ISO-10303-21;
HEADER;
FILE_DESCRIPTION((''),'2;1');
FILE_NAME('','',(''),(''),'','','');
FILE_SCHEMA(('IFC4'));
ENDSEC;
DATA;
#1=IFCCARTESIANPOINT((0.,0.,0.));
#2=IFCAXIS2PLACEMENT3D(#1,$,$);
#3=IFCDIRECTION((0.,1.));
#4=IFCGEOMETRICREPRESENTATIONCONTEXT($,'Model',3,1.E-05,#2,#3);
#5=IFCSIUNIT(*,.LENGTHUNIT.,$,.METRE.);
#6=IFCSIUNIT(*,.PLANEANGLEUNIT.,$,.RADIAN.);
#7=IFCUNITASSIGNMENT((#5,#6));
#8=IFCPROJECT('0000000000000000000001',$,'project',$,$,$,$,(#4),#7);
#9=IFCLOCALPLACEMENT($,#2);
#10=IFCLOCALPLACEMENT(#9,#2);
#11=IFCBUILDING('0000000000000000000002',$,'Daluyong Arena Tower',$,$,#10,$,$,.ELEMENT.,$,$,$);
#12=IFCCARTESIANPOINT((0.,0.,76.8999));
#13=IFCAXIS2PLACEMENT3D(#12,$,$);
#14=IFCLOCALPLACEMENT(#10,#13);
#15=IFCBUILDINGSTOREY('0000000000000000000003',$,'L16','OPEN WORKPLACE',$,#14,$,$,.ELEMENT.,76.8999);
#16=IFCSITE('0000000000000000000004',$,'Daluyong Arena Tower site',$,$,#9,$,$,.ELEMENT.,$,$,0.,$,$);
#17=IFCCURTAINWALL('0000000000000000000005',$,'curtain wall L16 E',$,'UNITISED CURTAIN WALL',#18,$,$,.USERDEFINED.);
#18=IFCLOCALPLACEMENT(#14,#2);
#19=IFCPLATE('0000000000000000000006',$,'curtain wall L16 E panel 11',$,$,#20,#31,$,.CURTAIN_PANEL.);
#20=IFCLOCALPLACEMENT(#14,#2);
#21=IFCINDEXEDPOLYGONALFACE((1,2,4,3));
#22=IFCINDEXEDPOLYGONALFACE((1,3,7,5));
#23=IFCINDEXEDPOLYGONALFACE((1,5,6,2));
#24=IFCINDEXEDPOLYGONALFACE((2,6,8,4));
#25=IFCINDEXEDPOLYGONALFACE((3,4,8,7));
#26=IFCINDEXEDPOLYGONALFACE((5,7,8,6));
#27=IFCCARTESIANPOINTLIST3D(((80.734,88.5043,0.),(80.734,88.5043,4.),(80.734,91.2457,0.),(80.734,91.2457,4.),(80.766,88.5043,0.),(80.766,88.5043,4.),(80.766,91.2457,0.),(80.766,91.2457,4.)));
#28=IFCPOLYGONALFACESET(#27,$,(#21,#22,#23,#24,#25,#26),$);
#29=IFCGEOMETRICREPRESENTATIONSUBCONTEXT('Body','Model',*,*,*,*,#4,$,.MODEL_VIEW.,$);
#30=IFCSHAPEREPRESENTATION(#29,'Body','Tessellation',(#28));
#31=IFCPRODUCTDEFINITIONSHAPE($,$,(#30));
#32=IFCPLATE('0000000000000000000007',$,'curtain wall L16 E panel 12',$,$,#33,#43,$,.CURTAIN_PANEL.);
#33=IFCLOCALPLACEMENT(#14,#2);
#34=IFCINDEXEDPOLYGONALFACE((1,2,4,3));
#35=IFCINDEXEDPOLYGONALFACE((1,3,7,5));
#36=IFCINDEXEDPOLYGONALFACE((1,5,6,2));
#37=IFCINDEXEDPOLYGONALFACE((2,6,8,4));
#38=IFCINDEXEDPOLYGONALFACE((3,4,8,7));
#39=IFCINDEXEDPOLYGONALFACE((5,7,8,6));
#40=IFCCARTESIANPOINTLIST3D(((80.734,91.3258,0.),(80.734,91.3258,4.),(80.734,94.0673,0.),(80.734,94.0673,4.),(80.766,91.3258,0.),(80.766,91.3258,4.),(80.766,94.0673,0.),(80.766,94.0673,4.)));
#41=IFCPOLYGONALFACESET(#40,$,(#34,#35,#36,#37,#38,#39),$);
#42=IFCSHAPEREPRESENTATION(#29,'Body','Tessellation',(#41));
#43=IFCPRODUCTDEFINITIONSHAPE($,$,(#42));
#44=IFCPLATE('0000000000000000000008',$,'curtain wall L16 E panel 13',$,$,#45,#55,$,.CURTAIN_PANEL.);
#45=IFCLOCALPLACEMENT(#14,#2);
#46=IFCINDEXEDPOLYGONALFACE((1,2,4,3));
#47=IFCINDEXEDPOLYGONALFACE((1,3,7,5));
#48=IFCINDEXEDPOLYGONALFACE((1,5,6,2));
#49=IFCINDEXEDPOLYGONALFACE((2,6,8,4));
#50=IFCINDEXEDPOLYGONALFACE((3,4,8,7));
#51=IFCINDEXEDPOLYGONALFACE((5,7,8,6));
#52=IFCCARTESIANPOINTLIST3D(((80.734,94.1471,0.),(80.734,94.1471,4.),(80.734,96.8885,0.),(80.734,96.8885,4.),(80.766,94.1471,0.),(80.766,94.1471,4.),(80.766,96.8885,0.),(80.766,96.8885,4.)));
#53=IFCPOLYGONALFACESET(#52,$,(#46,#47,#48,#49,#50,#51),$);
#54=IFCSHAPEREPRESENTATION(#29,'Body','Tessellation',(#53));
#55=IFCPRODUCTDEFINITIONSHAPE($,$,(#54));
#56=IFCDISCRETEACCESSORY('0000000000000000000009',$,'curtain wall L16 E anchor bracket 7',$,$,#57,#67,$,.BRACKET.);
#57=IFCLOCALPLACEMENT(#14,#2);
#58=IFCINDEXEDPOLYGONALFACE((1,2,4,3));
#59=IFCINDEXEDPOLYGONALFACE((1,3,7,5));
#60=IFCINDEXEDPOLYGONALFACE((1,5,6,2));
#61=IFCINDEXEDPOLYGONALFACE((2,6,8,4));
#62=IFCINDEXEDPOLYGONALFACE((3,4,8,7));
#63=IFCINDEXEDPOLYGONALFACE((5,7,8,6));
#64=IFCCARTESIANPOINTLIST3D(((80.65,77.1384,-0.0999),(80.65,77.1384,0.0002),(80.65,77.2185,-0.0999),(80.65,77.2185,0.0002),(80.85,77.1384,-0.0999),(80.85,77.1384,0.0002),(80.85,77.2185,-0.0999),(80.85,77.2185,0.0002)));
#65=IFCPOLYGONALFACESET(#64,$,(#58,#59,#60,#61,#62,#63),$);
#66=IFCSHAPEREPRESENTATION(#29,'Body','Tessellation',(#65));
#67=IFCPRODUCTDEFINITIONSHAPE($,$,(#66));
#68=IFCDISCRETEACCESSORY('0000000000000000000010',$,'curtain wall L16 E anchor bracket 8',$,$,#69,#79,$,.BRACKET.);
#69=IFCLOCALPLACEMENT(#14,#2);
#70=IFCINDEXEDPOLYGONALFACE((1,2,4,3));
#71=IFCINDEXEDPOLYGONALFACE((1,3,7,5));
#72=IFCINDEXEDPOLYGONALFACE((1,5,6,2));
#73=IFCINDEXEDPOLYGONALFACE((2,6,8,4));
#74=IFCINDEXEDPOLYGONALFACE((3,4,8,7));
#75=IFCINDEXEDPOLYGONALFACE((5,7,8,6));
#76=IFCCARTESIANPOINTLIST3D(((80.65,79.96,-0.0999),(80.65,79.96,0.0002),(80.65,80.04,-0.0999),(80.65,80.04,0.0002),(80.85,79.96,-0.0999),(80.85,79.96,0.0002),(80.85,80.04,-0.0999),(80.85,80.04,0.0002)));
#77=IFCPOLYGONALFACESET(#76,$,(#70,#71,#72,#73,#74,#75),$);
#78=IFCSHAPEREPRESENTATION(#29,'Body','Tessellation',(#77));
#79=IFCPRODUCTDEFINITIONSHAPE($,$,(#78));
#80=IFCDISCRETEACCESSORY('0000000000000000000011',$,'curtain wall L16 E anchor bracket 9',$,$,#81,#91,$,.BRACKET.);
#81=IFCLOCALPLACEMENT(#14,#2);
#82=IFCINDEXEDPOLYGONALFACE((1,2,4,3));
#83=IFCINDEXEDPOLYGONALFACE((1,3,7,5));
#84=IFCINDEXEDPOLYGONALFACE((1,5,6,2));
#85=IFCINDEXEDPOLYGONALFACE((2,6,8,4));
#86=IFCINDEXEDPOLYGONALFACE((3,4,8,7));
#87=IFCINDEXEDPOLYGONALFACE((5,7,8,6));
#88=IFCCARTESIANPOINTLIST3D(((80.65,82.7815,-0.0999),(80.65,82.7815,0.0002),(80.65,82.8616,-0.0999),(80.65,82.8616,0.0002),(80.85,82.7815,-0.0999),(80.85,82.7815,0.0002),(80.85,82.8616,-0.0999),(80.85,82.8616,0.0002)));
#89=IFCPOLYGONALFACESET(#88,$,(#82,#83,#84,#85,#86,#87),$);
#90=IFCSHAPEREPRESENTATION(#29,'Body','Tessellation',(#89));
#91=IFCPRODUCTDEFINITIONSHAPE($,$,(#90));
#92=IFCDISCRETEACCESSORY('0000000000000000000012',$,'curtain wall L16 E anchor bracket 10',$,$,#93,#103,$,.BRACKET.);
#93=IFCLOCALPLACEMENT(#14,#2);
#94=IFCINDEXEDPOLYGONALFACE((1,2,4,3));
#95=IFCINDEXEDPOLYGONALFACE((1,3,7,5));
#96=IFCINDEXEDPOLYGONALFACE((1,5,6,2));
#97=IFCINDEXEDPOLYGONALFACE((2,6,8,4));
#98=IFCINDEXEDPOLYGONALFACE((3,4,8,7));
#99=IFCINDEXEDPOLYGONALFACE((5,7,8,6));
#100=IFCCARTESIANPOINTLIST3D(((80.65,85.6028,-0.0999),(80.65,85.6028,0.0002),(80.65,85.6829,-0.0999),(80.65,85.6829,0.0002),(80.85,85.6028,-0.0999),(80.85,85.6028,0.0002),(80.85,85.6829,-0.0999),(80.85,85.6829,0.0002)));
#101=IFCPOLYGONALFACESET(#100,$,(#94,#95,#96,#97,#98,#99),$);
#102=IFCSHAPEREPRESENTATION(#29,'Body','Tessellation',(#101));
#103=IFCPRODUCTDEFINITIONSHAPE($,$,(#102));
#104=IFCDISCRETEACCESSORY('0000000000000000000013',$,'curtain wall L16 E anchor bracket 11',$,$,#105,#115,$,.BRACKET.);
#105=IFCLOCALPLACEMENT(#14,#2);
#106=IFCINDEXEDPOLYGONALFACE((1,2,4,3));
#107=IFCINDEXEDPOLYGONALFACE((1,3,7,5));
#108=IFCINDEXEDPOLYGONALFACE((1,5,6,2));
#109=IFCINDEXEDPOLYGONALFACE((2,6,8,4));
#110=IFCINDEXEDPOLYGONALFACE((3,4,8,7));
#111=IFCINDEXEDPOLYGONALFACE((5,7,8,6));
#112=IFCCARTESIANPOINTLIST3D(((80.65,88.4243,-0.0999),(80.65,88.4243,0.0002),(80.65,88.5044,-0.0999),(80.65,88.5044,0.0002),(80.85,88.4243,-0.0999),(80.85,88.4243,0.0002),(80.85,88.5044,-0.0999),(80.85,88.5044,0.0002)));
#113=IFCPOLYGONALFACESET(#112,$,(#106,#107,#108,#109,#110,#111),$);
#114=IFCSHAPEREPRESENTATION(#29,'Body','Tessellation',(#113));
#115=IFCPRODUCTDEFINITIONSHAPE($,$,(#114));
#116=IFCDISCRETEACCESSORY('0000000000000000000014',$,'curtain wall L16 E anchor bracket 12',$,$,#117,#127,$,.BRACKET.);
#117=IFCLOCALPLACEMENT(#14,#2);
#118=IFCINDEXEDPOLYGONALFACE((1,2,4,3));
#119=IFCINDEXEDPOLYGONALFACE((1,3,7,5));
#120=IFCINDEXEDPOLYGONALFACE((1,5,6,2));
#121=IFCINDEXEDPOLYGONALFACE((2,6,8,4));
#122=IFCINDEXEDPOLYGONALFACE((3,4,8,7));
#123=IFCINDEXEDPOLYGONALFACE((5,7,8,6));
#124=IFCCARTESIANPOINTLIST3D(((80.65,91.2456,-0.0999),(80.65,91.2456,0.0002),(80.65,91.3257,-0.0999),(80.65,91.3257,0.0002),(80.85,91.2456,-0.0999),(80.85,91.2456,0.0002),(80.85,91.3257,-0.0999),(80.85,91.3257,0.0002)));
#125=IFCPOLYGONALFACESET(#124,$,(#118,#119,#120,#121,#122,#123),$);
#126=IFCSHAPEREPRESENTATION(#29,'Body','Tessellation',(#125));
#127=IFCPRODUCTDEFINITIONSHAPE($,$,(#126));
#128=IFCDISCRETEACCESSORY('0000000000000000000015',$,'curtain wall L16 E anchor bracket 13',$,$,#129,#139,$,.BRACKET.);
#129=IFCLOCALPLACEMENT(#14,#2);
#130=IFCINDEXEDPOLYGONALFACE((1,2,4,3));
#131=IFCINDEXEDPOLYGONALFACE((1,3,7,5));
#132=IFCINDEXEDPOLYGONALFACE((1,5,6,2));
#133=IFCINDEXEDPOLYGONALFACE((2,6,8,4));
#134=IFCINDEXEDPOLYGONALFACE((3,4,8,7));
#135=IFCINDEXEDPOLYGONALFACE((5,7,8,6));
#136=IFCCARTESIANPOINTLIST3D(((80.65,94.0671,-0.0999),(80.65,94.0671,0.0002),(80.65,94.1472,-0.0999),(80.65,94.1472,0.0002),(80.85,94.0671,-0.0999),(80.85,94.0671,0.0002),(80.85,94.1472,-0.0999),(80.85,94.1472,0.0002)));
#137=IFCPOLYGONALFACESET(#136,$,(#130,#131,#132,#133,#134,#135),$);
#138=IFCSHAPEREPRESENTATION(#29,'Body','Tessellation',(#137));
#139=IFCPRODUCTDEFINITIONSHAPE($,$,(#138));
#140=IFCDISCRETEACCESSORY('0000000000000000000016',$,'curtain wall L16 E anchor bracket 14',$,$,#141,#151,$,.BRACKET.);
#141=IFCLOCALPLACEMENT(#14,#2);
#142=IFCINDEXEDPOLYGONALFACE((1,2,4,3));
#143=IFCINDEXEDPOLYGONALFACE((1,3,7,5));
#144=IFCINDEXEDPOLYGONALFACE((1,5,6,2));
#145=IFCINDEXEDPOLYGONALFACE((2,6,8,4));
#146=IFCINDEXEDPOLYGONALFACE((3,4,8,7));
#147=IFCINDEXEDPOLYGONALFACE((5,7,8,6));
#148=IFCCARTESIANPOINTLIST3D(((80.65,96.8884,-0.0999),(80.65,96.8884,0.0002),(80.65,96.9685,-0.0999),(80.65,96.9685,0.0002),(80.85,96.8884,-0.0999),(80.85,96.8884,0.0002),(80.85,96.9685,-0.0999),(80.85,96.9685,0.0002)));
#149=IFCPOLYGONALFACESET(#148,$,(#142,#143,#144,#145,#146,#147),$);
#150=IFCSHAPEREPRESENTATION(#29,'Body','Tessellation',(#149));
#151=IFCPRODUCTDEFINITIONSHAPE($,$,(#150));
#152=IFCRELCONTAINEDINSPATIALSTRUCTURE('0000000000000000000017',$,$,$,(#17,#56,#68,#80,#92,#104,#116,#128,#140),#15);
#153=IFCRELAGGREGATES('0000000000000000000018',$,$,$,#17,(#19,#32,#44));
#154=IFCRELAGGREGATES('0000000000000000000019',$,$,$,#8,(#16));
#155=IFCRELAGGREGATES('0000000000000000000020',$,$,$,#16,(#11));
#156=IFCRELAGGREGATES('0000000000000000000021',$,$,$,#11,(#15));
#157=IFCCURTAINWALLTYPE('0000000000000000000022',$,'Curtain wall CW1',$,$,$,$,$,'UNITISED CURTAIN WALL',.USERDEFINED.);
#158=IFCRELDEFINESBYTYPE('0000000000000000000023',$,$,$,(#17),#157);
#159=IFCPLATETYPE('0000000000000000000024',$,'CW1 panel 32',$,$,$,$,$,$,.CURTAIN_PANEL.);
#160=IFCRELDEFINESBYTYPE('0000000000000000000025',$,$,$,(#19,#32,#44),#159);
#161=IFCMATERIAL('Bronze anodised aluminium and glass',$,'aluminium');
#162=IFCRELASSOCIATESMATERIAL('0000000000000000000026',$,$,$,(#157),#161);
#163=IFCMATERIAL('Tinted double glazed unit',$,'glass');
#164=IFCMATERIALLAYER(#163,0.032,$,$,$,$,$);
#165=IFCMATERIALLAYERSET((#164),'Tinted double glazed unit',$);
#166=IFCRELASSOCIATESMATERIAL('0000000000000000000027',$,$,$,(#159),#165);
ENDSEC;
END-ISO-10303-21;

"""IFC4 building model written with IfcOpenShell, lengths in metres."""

from ifc_helpers import new_model, si_unit, direction, frame, origin, origin_2d, place, context, subcontext, project, spatial, rectangle, extrude, material, layer, layer_set, type_object, element, aggregate, save


model = new_model("IFC4")

# Units and contexts
model_context = context("Model", 3, precision=1e-05, world=origin(), true_north=direction((0.0, 1.0)))
body_context = subcontext(model_context, "Body", "Model", "MODEL_VIEW")
ifc_project = project(units=[si_unit("LENGTHUNIT", "METRE"), si_unit("PLANEANGLEUNIT", "RADIAN")], contexts=[model_context])

# Site, building, storey
site_placement = place(None, origin())
site = spatial("IfcSite", under=ifc_project, at=site_placement, Name="Daluyong Arena Tower site", CompositionType="ELEMENT", RefElevation=0.0)
building_placement = place(site_placement, origin())
building = spatial("IfcBuilding", under=site, at=building_placement, Name="Daluyong Arena Tower", CompositionType="ELEMENT")
storey_placement = place(building_placement, frame((0.0, 0.0, 76.8999)))
storey = spatial("IfcBuildingStorey", under=building, at=storey_placement, Name="L16", Description="OPEN WORKPLACE", CompositionType="ELEMENT", Elevation=76.8999)

# Curtain wall
ifc_material_1 = material(Name="Bronze anodised aluminium and glass", Category="aluminium")
curtain_wall_type = type_object("IfcCurtainWallType", Name="Curtain wall CW1", ElementType="UNITISED CURTAIN WALL", PredefinedType="USERDEFINED", material=ifc_material_1)
curtain_wall_placement = place(storey_placement, origin())
curtain_wall = element("IfcCurtainWall", 1, at=curtain_wall_placement, inside=storey, type_object=curtain_wall_type, Name="curtain wall L16 E", ObjectType="UNITISED CURTAIN WALL", PredefinedType="USERDEFINED")

# Plates
ifc_material_2 = material(Name="Tinted double glazed unit", Category="glass")
ifc_layer = layer(ifc_material_2, 0.032)
ifc_layer_set = layer_set([ifc_layer], Name="Tinted double glazed unit")
plate_type = type_object("IfcPlateType", Name="CW1 panel 32", PredefinedType="CURTAIN_PANEL", material=ifc_layer_set)
plate_1_placement = place(storey_placement, frame((80.75, 89.875, 0.0), z_axis=(0.0, 0.0, 1.0), x_axis=(0.0, 1.0, 0.0)))
plate_1 = element("IfcPlate", 2, at=plate_1_placement, type_object=plate_type, Name="curtain wall L16 E panel 11", PredefinedType="CURTAIN_PANEL", context=body_context, shape_type="SweptSolid", body=[
    extrude(rectangle(XDim=2.7415, YDim=0.032, at=origin_2d()), origin(), (0.0, 0.0, 1.0), 4.0),
])
plate_2_placement = place(storey_placement, frame((80.75, 92.6965, 0.0), z_axis=(0.0, 0.0, 1.0), x_axis=(0.0, 1.0, 0.0)))
plate_2 = element("IfcPlate", 3, at=plate_2_placement, type_object=plate_type, Name="curtain wall L16 E panel 12", PredefinedType="CURTAIN_PANEL", context=body_context, shape_type="SweptSolid", body=[
    extrude(rectangle(XDim=2.7415, YDim=0.032, at=origin_2d()), origin(), (0.0, 0.0, 1.0), 4.0),
])
plate_3_placement = place(storey_placement, frame((80.75, 95.5178, 0.0), z_axis=(0.0, 0.0, 1.0), x_axis=(0.0, 1.0, 0.0)))
plate_3 = element("IfcPlate", 4, at=plate_3_placement, type_object=plate_type, Name="curtain wall L16 E panel 13", PredefinedType="CURTAIN_PANEL", context=body_context, shape_type="SweptSolid", body=[
    extrude(rectangle(XDim=2.7415, YDim=0.032, at=origin_2d()), origin(), (0.0, 0.0, 1.0), 4.0),
])
aggregate(curtain_wall, [plate_1, plate_2, plate_3])

# Discrete accessories
for number, where, z_axis, x_axis, name in (
    (5, (80.75, 77.1785, -0.0999), (0.0, 0.0, 1.0), (0.0, 1.0, 0.0), "curtain wall L16 E anchor bracket 7"),
    (6, (80.75, 80.0, -0.0999), (0.0, 0.0, 1.0), (0.0, 1.0, 0.0), "curtain wall L16 E anchor bracket 8"),
    (7, (80.75, 82.8215, -0.0999), (0.0, 0.0, 1.0), (0.0, 1.0, 0.0), "curtain wall L16 E anchor bracket 9"),
    (8, (80.75, 85.6428, -0.0999), (0.0, 0.0, 1.0), (0.0, 1.0, 0.0), "curtain wall L16 E anchor bracket 10"),
    (9, (80.75, 88.4644, -0.0999), (0.0, 0.0, 1.0), (0.0, 1.0, 0.0), "curtain wall L16 E anchor bracket 11"),
    (10, (80.75, 91.2856, -0.0999), (0.0, 0.0, 1.0), (0.0, 1.0, 0.0), "curtain wall L16 E anchor bracket 12"),
    (11, (80.75, 94.1072, -0.0999), (0.0, 0.0, 1.0), (0.0, 1.0, 0.0), "curtain wall L16 E anchor bracket 13"),
    (12, (80.75, 96.9285, -0.0999), (0.0, 0.0, 1.0), (0.0, 1.0, 0.0), "curtain wall L16 E anchor bracket 14"),
):
    element("IfcDiscreteAccessory", number, at=place(storey_placement, frame(where, z_axis=z_axis, x_axis=x_axis)), inside=storey, Name=name, PredefinedType="BRACKET", context=body_context, shape_type="SweptSolid", body=[
        extrude(rectangle(XDim=0.0801, YDim=0.2, at=origin_2d()), origin(), (0.0, 0.0, 1.0), 0.1001),
    ])

save(model, "model.ifc")
